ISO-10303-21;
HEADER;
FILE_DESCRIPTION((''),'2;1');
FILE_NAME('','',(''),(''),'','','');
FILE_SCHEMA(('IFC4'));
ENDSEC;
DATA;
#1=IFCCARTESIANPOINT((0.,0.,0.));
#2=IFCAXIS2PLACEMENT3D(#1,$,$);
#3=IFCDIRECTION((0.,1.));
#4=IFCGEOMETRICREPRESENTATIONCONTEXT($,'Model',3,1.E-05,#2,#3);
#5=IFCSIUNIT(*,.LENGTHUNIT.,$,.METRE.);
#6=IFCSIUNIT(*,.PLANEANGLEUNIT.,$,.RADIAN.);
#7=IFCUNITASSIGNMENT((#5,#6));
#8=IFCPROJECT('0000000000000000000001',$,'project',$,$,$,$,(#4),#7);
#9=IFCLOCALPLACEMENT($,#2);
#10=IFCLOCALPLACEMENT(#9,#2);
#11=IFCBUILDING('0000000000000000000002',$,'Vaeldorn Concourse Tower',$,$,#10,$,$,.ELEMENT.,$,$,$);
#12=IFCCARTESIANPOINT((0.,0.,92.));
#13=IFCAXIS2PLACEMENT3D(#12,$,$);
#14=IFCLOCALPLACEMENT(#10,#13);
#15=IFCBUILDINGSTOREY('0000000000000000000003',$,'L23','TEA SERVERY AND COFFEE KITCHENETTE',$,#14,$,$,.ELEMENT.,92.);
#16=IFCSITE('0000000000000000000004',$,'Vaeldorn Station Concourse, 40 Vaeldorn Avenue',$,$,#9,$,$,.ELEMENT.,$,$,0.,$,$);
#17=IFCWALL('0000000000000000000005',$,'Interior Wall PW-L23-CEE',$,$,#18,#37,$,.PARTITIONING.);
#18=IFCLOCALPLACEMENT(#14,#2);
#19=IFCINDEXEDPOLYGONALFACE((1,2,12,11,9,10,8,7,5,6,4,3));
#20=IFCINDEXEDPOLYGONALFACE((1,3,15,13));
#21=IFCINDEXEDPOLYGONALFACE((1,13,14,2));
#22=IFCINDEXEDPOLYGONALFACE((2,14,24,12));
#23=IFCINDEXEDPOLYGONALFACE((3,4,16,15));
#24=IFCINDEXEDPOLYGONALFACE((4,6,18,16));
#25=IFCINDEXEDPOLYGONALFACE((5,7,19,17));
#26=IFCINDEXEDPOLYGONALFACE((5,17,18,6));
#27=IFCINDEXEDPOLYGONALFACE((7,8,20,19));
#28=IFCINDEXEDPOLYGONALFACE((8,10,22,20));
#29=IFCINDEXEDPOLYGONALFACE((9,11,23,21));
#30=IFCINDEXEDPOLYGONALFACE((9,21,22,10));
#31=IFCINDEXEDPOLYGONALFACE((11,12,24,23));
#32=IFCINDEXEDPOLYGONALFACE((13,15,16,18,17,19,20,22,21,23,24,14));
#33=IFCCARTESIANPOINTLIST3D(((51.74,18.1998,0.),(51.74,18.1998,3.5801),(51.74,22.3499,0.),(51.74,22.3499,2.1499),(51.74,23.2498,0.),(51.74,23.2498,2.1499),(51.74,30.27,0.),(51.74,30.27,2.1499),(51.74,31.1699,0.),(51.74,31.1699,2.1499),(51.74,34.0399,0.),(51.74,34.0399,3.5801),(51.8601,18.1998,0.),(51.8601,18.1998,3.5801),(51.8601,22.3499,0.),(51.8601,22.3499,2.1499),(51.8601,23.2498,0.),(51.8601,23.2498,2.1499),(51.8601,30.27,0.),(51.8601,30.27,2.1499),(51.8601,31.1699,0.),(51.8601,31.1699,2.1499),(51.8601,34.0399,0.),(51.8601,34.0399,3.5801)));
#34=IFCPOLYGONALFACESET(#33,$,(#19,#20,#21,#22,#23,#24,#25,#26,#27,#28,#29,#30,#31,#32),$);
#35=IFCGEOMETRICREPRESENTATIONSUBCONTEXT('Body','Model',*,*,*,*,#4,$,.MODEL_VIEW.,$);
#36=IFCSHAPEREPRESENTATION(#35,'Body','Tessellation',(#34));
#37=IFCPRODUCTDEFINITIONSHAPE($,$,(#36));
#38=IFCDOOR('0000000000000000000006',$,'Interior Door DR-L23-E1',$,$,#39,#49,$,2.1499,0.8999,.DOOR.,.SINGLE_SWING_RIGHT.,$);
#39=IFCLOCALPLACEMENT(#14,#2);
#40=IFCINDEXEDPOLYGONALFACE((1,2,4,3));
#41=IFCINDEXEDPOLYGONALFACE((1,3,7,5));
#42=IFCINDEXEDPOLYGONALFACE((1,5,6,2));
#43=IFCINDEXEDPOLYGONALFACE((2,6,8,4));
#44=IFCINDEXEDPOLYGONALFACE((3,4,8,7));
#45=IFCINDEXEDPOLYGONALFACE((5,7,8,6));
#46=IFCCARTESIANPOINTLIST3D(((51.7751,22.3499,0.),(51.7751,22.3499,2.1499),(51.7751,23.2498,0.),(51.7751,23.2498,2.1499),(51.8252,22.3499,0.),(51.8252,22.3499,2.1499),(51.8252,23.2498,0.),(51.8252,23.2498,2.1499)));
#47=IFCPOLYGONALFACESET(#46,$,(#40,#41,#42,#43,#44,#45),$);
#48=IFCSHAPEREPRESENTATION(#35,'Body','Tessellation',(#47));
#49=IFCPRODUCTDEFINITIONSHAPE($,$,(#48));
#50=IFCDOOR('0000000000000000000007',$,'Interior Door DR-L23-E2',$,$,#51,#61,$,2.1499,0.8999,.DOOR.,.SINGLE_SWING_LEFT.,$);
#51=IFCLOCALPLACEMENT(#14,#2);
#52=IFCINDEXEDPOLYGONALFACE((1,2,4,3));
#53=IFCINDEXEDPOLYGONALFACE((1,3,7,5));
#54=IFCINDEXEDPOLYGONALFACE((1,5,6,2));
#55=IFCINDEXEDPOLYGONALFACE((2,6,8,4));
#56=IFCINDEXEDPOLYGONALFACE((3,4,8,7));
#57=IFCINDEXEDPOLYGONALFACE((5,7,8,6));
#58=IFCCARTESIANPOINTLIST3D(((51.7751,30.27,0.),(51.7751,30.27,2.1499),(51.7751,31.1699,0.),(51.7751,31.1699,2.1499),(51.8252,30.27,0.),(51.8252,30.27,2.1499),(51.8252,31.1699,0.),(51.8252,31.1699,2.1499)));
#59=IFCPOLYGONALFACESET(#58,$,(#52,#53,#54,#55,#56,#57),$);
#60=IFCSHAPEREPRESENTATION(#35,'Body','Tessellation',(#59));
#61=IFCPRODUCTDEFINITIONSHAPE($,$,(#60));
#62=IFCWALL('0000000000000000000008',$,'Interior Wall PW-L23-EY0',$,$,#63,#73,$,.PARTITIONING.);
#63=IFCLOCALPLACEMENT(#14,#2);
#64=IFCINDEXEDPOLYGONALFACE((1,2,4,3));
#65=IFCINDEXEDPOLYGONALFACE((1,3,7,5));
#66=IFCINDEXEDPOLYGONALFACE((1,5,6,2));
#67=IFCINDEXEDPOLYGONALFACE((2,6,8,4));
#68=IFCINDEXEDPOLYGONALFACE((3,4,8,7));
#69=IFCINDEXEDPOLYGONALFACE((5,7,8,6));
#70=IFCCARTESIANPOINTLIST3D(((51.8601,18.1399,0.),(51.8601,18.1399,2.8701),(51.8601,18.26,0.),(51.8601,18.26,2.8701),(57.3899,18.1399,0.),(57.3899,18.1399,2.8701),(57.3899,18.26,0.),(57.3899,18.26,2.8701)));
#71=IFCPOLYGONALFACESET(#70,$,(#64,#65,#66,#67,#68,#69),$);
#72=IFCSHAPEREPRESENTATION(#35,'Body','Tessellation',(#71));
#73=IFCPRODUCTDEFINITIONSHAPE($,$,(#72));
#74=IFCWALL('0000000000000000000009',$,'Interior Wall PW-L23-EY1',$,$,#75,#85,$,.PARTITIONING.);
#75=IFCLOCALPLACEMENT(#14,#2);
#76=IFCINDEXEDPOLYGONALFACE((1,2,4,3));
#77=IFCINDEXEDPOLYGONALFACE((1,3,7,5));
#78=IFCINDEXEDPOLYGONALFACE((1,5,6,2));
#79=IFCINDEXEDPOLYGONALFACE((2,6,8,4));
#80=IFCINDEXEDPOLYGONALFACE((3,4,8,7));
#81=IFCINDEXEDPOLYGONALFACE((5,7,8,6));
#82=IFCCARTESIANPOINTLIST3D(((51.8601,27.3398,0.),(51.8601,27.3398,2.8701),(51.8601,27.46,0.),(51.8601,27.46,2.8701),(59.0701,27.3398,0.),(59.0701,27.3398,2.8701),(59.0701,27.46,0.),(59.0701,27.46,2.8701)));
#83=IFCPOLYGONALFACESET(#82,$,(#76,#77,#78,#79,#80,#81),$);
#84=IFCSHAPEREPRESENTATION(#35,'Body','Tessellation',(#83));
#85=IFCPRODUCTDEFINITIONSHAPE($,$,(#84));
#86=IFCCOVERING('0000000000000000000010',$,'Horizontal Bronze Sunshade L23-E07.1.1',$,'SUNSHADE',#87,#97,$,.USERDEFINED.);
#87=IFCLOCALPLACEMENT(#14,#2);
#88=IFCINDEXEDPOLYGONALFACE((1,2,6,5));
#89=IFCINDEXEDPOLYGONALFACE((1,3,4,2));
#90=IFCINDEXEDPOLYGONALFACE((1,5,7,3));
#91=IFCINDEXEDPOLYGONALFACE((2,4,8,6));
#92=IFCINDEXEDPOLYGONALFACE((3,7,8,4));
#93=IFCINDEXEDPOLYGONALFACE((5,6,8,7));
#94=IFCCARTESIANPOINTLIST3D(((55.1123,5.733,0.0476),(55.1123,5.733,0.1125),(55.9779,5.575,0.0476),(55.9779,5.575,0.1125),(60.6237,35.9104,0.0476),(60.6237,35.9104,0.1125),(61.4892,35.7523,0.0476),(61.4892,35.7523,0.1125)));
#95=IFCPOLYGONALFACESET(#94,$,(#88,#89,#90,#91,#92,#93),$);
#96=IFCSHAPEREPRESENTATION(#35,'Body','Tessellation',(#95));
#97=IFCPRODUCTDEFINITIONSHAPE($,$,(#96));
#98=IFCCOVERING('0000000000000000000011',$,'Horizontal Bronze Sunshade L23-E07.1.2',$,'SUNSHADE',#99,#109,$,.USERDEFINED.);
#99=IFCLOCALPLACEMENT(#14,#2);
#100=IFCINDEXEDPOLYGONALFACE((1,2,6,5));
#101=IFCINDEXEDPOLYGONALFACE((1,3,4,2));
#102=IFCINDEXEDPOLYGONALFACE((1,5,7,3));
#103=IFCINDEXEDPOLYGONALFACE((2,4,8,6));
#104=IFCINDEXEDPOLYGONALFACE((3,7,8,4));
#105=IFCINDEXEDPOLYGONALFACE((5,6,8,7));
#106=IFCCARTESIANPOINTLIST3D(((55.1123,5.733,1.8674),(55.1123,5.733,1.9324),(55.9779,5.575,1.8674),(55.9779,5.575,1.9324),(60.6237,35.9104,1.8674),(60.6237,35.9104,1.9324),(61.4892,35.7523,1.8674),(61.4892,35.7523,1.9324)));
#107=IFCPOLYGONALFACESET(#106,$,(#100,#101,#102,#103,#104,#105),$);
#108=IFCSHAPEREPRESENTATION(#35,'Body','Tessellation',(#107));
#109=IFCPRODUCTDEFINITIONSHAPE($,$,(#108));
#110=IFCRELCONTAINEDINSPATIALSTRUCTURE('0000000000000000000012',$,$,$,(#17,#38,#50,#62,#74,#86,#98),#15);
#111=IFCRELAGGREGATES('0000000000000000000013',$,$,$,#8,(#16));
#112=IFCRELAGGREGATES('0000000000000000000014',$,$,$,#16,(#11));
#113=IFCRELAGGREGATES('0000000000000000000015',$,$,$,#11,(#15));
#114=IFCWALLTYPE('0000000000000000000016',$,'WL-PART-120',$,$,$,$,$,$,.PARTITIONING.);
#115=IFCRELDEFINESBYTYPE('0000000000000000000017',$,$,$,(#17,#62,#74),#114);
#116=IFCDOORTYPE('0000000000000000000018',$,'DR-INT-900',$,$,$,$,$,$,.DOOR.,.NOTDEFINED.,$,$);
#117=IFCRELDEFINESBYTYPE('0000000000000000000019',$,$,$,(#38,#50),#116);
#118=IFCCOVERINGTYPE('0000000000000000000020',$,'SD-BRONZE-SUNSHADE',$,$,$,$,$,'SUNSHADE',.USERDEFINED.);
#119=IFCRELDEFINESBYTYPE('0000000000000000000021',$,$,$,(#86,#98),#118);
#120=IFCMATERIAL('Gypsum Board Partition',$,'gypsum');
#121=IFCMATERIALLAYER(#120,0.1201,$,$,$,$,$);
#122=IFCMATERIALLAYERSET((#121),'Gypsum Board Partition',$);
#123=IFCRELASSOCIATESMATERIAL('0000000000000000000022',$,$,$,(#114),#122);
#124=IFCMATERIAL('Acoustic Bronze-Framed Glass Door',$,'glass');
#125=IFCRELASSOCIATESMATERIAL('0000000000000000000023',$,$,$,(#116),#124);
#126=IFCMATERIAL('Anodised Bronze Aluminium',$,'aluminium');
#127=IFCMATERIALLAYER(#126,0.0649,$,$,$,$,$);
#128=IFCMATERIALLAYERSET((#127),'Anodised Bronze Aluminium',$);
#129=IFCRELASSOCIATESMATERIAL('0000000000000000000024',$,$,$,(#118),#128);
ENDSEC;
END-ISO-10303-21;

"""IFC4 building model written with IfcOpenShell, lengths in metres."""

from ifc_helpers import new_model, si_unit, direction, frame, frame_2d, origin, origin_2d, place, context, subcontext, project, spatial, rectangle, extrude, source, transform, mapped, material, layer, layer_set, type_object, element, fill, save


model = new_model("IFC4")

# Units and contexts
model_context = context("Model", 3, precision=1e-05, world=origin(), true_north=direction((0.0, 1.0)))
body_context = subcontext(model_context, "Body", "Model", "MODEL_VIEW")
ifc_project = project(units=[si_unit("LENGTHUNIT", "METRE"), si_unit("PLANEANGLEUNIT", "RADIAN")], contexts=[model_context])

# Site, building, storey
site_placement = place(None, origin())
site = spatial("IfcSite", under=ifc_project, at=site_placement, Name="Vaeldorn Station Concourse, 40 Vaeldorn Avenue", CompositionType="ELEMENT", RefElevation=0.0)
building_placement = place(site_placement, origin())
building = spatial("IfcBuilding", under=site, at=building_placement, Name="Vaeldorn Concourse Tower", CompositionType="ELEMENT")
storey_placement = place(building_placement, frame((0.0, 0.0, 92.0)))
storey = spatial("IfcBuildingStorey", under=building, at=storey_placement, Name="L23", Description="TEA SERVERY AND COFFEE KITCHENETTE", CompositionType="ELEMENT", Elevation=92.0)

# Shared definitions
ifc_material_1 = material(Name="Anodised Bronze Aluminium", Category="aluminium")

# Shared definitions
ifc_material_2 = material(Name="Gypsum Board Partition", Category="gypsum")
ifc_layer_1 = layer(ifc_material_2, 0.1201)
ifc_layer_set_1 = layer_set([ifc_layer_1], Name="Gypsum Board Partition")
wall_type = type_object("IfcWallType", Name="WL-PART-120", PredefinedType="PARTITIONING", material=ifc_layer_set_1)

# Shared definitions
ifc_material_3 = material(Name="Acoustic Bronze-Framed Glass Door", Category="glass")
door_type = type_object("IfcDoorType", Name="DR-INT-900", OperationType="NOTDEFINED", PredefinedType="DOOR", material=ifc_material_3)
shared_shape_1 = source(origin(), body_context, "Body", "SweptSolid", [
    extrude(rectangle(XDim=0.8999, YDim=2.1499, at=frame_2d((0.45, 1.075))), frame((0.0, 0.0249, 0.0), z_axis=(0.0, -1.0, 0.0), x_axis=(1.0, 0.0, 0.0)), (0.0, 0.0, 1.0), 0.05),
])

# Wall, openings, doors
wall_1_placement = place(storey_placement, frame((51.8, 18.2, 0.0), z_axis=(0.0, 0.0, 1.0), x_axis=(0.0, 1.0, 0.0)))
wall_1 = element("IfcWall", 1, at=wall_1_placement, inside=storey, type_object=wall_type, Name="Interior Wall PW-L23-CEE", PredefinedType="PARTITIONING", context=body_context, shape_type="SweptSolid", body=[
    extrude(rectangle(XDim=15.8401, YDim=0.1201, at=frame_2d((7.9199, 0.0))), origin(), (0.0, 0.0, 1.0), 3.5801),
])
opening_1_placement = place(wall_1_placement, frame((4.1499, 0.0, 0.0)))
opening_1 = element("IfcOpeningElement", 2, at=opening_1_placement, cuts=wall_1, PredefinedType="OPENING", context=body_context, shape_type="SweptSolid", body=[
    extrude(rectangle(XDim=0.8999, YDim=2.1499, at=frame_2d((0.45, 1.075))), frame((0.0, 0.0701, 0.0), z_axis=(0.0, -1.0, 0.0), x_axis=(1.0, 0.0, 0.0)), (0.0, 0.0, 1.0), 0.1401),
])
opening_2_placement = place(wall_1_placement, frame((12.0701, 0.0, 0.0)))
opening_2 = element("IfcOpeningElement", 3, at=opening_2_placement, cuts=wall_1, PredefinedType="OPENING", context=body_context, shape_type="SweptSolid", body=[
    extrude(rectangle(XDim=0.8999, YDim=2.1499, at=frame_2d((0.45, 1.075))), frame((0.0, 0.0701, 0.0), z_axis=(0.0, -1.0, 0.0), x_axis=(1.0, 0.0, 0.0)), (0.0, 0.0, 1.0), 0.1401),
])
door_1_placement = place(opening_1_placement, origin())
door_1 = element("IfcDoor", 4, at=door_1_placement, inside=storey, type_object=door_type, Name="Interior Door DR-L23-E1", OperationType="SINGLE_SWING_RIGHT", OverallHeight=2.1499, OverallWidth=0.8999, PredefinedType="DOOR", context=body_context, shape_type="MappedRepresentation", body=[
    mapped(shared_shape_1, transform((0.0, 0.0, 0.0), scale=1.0)),
])
fill(opening_1, door_1)
door_2_placement = place(opening_2_placement, origin())
door_2 = element("IfcDoor", 5, at=door_2_placement, inside=storey, type_object=door_type, Name="Interior Door DR-L23-E2", OperationType="SINGLE_SWING_LEFT", OverallHeight=2.1499, OverallWidth=0.8999, PredefinedType="DOOR", context=body_context, shape_type="MappedRepresentation", body=[
    mapped(shared_shape_1, transform((0.0, 0.0, 0.0), scale=1.0)),
])
fill(opening_2, door_2)

# Walls
wall_2_placement = place(storey_placement, frame((51.8601, 18.2, 0.0), z_axis=(0.0, 0.0, 1.0), x_axis=(1.0, 0.0, 0.0)))
element("IfcWall", 6, at=wall_2_placement, inside=storey, type_object=wall_type, Name="Interior Wall PW-L23-EY0", PredefinedType="PARTITIONING", context=body_context, shape_type="SweptSolid", body=[
    extrude(rectangle(XDim=5.5298, YDim=0.1201, at=frame_2d((2.7649, 0.0))), origin(), (0.0, 0.0, 1.0), 2.8701),
])
wall_3_placement = place(storey_placement, frame((51.8601, 27.3999, 0.0), z_axis=(0.0, 0.0, 1.0), x_axis=(1.0, 0.0, 0.0)))
element("IfcWall", 7, at=wall_3_placement, inside=storey, type_object=wall_type, Name="Interior Wall PW-L23-EY1", PredefinedType="PARTITIONING", context=body_context, shape_type="SweptSolid", body=[
    extrude(rectangle(XDim=7.21, YDim=0.1201, at=frame_2d((3.605, 0.0))), origin(), (0.0, 0.0, 1.0), 2.8701),
])

# Coverings
ifc_layer_2 = layer(ifc_material_1, 0.0649)
ifc_layer_set_2 = layer_set([ifc_layer_2], Name="Anodised Bronze Aluminium")
covering_type = type_object("IfcCoveringType", Name="SD-BRONZE-SUNSHADE", ElementType="SUNSHADE", PredefinedType="USERDEFINED", material=ifc_layer_set_2)
shared_shape_2 = source(origin(), body_context, "Body", "SweptSolid", [
    extrude(rectangle(XDim=30.6765, YDim=0.8799, at=origin_2d()), origin(), (0.0, 0.0, 1.0), 0.0649),
])
for number, where, z_axis, x_axis, name in (
    (8, (58.3008, 20.7427, 0.0476), (0.0, 0.0, 1.0), (0.179661, 0.983729, 0.0), "Horizontal Bronze Sunshade L23-E07.1.1"),
    (9, (58.3008, 20.7427, 1.8674), (0.0, 0.0, 1.0), (0.179661, 0.983729, 0.0), "Horizontal Bronze Sunshade L23-E07.1.2"),
):
    element("IfcCovering", number, at=place(storey_placement, frame(where, z_axis=z_axis, x_axis=x_axis)), inside=storey, type_object=covering_type, Name=name, ObjectType="SUNSHADE", PredefinedType="USERDEFINED", context=body_context, shape_type="MappedRepresentation", body=[
        mapped(shared_shape_2, transform((0.0, 0.0, 0.0), scale=1.0)),
    ])

save(model, "model.ifc")
